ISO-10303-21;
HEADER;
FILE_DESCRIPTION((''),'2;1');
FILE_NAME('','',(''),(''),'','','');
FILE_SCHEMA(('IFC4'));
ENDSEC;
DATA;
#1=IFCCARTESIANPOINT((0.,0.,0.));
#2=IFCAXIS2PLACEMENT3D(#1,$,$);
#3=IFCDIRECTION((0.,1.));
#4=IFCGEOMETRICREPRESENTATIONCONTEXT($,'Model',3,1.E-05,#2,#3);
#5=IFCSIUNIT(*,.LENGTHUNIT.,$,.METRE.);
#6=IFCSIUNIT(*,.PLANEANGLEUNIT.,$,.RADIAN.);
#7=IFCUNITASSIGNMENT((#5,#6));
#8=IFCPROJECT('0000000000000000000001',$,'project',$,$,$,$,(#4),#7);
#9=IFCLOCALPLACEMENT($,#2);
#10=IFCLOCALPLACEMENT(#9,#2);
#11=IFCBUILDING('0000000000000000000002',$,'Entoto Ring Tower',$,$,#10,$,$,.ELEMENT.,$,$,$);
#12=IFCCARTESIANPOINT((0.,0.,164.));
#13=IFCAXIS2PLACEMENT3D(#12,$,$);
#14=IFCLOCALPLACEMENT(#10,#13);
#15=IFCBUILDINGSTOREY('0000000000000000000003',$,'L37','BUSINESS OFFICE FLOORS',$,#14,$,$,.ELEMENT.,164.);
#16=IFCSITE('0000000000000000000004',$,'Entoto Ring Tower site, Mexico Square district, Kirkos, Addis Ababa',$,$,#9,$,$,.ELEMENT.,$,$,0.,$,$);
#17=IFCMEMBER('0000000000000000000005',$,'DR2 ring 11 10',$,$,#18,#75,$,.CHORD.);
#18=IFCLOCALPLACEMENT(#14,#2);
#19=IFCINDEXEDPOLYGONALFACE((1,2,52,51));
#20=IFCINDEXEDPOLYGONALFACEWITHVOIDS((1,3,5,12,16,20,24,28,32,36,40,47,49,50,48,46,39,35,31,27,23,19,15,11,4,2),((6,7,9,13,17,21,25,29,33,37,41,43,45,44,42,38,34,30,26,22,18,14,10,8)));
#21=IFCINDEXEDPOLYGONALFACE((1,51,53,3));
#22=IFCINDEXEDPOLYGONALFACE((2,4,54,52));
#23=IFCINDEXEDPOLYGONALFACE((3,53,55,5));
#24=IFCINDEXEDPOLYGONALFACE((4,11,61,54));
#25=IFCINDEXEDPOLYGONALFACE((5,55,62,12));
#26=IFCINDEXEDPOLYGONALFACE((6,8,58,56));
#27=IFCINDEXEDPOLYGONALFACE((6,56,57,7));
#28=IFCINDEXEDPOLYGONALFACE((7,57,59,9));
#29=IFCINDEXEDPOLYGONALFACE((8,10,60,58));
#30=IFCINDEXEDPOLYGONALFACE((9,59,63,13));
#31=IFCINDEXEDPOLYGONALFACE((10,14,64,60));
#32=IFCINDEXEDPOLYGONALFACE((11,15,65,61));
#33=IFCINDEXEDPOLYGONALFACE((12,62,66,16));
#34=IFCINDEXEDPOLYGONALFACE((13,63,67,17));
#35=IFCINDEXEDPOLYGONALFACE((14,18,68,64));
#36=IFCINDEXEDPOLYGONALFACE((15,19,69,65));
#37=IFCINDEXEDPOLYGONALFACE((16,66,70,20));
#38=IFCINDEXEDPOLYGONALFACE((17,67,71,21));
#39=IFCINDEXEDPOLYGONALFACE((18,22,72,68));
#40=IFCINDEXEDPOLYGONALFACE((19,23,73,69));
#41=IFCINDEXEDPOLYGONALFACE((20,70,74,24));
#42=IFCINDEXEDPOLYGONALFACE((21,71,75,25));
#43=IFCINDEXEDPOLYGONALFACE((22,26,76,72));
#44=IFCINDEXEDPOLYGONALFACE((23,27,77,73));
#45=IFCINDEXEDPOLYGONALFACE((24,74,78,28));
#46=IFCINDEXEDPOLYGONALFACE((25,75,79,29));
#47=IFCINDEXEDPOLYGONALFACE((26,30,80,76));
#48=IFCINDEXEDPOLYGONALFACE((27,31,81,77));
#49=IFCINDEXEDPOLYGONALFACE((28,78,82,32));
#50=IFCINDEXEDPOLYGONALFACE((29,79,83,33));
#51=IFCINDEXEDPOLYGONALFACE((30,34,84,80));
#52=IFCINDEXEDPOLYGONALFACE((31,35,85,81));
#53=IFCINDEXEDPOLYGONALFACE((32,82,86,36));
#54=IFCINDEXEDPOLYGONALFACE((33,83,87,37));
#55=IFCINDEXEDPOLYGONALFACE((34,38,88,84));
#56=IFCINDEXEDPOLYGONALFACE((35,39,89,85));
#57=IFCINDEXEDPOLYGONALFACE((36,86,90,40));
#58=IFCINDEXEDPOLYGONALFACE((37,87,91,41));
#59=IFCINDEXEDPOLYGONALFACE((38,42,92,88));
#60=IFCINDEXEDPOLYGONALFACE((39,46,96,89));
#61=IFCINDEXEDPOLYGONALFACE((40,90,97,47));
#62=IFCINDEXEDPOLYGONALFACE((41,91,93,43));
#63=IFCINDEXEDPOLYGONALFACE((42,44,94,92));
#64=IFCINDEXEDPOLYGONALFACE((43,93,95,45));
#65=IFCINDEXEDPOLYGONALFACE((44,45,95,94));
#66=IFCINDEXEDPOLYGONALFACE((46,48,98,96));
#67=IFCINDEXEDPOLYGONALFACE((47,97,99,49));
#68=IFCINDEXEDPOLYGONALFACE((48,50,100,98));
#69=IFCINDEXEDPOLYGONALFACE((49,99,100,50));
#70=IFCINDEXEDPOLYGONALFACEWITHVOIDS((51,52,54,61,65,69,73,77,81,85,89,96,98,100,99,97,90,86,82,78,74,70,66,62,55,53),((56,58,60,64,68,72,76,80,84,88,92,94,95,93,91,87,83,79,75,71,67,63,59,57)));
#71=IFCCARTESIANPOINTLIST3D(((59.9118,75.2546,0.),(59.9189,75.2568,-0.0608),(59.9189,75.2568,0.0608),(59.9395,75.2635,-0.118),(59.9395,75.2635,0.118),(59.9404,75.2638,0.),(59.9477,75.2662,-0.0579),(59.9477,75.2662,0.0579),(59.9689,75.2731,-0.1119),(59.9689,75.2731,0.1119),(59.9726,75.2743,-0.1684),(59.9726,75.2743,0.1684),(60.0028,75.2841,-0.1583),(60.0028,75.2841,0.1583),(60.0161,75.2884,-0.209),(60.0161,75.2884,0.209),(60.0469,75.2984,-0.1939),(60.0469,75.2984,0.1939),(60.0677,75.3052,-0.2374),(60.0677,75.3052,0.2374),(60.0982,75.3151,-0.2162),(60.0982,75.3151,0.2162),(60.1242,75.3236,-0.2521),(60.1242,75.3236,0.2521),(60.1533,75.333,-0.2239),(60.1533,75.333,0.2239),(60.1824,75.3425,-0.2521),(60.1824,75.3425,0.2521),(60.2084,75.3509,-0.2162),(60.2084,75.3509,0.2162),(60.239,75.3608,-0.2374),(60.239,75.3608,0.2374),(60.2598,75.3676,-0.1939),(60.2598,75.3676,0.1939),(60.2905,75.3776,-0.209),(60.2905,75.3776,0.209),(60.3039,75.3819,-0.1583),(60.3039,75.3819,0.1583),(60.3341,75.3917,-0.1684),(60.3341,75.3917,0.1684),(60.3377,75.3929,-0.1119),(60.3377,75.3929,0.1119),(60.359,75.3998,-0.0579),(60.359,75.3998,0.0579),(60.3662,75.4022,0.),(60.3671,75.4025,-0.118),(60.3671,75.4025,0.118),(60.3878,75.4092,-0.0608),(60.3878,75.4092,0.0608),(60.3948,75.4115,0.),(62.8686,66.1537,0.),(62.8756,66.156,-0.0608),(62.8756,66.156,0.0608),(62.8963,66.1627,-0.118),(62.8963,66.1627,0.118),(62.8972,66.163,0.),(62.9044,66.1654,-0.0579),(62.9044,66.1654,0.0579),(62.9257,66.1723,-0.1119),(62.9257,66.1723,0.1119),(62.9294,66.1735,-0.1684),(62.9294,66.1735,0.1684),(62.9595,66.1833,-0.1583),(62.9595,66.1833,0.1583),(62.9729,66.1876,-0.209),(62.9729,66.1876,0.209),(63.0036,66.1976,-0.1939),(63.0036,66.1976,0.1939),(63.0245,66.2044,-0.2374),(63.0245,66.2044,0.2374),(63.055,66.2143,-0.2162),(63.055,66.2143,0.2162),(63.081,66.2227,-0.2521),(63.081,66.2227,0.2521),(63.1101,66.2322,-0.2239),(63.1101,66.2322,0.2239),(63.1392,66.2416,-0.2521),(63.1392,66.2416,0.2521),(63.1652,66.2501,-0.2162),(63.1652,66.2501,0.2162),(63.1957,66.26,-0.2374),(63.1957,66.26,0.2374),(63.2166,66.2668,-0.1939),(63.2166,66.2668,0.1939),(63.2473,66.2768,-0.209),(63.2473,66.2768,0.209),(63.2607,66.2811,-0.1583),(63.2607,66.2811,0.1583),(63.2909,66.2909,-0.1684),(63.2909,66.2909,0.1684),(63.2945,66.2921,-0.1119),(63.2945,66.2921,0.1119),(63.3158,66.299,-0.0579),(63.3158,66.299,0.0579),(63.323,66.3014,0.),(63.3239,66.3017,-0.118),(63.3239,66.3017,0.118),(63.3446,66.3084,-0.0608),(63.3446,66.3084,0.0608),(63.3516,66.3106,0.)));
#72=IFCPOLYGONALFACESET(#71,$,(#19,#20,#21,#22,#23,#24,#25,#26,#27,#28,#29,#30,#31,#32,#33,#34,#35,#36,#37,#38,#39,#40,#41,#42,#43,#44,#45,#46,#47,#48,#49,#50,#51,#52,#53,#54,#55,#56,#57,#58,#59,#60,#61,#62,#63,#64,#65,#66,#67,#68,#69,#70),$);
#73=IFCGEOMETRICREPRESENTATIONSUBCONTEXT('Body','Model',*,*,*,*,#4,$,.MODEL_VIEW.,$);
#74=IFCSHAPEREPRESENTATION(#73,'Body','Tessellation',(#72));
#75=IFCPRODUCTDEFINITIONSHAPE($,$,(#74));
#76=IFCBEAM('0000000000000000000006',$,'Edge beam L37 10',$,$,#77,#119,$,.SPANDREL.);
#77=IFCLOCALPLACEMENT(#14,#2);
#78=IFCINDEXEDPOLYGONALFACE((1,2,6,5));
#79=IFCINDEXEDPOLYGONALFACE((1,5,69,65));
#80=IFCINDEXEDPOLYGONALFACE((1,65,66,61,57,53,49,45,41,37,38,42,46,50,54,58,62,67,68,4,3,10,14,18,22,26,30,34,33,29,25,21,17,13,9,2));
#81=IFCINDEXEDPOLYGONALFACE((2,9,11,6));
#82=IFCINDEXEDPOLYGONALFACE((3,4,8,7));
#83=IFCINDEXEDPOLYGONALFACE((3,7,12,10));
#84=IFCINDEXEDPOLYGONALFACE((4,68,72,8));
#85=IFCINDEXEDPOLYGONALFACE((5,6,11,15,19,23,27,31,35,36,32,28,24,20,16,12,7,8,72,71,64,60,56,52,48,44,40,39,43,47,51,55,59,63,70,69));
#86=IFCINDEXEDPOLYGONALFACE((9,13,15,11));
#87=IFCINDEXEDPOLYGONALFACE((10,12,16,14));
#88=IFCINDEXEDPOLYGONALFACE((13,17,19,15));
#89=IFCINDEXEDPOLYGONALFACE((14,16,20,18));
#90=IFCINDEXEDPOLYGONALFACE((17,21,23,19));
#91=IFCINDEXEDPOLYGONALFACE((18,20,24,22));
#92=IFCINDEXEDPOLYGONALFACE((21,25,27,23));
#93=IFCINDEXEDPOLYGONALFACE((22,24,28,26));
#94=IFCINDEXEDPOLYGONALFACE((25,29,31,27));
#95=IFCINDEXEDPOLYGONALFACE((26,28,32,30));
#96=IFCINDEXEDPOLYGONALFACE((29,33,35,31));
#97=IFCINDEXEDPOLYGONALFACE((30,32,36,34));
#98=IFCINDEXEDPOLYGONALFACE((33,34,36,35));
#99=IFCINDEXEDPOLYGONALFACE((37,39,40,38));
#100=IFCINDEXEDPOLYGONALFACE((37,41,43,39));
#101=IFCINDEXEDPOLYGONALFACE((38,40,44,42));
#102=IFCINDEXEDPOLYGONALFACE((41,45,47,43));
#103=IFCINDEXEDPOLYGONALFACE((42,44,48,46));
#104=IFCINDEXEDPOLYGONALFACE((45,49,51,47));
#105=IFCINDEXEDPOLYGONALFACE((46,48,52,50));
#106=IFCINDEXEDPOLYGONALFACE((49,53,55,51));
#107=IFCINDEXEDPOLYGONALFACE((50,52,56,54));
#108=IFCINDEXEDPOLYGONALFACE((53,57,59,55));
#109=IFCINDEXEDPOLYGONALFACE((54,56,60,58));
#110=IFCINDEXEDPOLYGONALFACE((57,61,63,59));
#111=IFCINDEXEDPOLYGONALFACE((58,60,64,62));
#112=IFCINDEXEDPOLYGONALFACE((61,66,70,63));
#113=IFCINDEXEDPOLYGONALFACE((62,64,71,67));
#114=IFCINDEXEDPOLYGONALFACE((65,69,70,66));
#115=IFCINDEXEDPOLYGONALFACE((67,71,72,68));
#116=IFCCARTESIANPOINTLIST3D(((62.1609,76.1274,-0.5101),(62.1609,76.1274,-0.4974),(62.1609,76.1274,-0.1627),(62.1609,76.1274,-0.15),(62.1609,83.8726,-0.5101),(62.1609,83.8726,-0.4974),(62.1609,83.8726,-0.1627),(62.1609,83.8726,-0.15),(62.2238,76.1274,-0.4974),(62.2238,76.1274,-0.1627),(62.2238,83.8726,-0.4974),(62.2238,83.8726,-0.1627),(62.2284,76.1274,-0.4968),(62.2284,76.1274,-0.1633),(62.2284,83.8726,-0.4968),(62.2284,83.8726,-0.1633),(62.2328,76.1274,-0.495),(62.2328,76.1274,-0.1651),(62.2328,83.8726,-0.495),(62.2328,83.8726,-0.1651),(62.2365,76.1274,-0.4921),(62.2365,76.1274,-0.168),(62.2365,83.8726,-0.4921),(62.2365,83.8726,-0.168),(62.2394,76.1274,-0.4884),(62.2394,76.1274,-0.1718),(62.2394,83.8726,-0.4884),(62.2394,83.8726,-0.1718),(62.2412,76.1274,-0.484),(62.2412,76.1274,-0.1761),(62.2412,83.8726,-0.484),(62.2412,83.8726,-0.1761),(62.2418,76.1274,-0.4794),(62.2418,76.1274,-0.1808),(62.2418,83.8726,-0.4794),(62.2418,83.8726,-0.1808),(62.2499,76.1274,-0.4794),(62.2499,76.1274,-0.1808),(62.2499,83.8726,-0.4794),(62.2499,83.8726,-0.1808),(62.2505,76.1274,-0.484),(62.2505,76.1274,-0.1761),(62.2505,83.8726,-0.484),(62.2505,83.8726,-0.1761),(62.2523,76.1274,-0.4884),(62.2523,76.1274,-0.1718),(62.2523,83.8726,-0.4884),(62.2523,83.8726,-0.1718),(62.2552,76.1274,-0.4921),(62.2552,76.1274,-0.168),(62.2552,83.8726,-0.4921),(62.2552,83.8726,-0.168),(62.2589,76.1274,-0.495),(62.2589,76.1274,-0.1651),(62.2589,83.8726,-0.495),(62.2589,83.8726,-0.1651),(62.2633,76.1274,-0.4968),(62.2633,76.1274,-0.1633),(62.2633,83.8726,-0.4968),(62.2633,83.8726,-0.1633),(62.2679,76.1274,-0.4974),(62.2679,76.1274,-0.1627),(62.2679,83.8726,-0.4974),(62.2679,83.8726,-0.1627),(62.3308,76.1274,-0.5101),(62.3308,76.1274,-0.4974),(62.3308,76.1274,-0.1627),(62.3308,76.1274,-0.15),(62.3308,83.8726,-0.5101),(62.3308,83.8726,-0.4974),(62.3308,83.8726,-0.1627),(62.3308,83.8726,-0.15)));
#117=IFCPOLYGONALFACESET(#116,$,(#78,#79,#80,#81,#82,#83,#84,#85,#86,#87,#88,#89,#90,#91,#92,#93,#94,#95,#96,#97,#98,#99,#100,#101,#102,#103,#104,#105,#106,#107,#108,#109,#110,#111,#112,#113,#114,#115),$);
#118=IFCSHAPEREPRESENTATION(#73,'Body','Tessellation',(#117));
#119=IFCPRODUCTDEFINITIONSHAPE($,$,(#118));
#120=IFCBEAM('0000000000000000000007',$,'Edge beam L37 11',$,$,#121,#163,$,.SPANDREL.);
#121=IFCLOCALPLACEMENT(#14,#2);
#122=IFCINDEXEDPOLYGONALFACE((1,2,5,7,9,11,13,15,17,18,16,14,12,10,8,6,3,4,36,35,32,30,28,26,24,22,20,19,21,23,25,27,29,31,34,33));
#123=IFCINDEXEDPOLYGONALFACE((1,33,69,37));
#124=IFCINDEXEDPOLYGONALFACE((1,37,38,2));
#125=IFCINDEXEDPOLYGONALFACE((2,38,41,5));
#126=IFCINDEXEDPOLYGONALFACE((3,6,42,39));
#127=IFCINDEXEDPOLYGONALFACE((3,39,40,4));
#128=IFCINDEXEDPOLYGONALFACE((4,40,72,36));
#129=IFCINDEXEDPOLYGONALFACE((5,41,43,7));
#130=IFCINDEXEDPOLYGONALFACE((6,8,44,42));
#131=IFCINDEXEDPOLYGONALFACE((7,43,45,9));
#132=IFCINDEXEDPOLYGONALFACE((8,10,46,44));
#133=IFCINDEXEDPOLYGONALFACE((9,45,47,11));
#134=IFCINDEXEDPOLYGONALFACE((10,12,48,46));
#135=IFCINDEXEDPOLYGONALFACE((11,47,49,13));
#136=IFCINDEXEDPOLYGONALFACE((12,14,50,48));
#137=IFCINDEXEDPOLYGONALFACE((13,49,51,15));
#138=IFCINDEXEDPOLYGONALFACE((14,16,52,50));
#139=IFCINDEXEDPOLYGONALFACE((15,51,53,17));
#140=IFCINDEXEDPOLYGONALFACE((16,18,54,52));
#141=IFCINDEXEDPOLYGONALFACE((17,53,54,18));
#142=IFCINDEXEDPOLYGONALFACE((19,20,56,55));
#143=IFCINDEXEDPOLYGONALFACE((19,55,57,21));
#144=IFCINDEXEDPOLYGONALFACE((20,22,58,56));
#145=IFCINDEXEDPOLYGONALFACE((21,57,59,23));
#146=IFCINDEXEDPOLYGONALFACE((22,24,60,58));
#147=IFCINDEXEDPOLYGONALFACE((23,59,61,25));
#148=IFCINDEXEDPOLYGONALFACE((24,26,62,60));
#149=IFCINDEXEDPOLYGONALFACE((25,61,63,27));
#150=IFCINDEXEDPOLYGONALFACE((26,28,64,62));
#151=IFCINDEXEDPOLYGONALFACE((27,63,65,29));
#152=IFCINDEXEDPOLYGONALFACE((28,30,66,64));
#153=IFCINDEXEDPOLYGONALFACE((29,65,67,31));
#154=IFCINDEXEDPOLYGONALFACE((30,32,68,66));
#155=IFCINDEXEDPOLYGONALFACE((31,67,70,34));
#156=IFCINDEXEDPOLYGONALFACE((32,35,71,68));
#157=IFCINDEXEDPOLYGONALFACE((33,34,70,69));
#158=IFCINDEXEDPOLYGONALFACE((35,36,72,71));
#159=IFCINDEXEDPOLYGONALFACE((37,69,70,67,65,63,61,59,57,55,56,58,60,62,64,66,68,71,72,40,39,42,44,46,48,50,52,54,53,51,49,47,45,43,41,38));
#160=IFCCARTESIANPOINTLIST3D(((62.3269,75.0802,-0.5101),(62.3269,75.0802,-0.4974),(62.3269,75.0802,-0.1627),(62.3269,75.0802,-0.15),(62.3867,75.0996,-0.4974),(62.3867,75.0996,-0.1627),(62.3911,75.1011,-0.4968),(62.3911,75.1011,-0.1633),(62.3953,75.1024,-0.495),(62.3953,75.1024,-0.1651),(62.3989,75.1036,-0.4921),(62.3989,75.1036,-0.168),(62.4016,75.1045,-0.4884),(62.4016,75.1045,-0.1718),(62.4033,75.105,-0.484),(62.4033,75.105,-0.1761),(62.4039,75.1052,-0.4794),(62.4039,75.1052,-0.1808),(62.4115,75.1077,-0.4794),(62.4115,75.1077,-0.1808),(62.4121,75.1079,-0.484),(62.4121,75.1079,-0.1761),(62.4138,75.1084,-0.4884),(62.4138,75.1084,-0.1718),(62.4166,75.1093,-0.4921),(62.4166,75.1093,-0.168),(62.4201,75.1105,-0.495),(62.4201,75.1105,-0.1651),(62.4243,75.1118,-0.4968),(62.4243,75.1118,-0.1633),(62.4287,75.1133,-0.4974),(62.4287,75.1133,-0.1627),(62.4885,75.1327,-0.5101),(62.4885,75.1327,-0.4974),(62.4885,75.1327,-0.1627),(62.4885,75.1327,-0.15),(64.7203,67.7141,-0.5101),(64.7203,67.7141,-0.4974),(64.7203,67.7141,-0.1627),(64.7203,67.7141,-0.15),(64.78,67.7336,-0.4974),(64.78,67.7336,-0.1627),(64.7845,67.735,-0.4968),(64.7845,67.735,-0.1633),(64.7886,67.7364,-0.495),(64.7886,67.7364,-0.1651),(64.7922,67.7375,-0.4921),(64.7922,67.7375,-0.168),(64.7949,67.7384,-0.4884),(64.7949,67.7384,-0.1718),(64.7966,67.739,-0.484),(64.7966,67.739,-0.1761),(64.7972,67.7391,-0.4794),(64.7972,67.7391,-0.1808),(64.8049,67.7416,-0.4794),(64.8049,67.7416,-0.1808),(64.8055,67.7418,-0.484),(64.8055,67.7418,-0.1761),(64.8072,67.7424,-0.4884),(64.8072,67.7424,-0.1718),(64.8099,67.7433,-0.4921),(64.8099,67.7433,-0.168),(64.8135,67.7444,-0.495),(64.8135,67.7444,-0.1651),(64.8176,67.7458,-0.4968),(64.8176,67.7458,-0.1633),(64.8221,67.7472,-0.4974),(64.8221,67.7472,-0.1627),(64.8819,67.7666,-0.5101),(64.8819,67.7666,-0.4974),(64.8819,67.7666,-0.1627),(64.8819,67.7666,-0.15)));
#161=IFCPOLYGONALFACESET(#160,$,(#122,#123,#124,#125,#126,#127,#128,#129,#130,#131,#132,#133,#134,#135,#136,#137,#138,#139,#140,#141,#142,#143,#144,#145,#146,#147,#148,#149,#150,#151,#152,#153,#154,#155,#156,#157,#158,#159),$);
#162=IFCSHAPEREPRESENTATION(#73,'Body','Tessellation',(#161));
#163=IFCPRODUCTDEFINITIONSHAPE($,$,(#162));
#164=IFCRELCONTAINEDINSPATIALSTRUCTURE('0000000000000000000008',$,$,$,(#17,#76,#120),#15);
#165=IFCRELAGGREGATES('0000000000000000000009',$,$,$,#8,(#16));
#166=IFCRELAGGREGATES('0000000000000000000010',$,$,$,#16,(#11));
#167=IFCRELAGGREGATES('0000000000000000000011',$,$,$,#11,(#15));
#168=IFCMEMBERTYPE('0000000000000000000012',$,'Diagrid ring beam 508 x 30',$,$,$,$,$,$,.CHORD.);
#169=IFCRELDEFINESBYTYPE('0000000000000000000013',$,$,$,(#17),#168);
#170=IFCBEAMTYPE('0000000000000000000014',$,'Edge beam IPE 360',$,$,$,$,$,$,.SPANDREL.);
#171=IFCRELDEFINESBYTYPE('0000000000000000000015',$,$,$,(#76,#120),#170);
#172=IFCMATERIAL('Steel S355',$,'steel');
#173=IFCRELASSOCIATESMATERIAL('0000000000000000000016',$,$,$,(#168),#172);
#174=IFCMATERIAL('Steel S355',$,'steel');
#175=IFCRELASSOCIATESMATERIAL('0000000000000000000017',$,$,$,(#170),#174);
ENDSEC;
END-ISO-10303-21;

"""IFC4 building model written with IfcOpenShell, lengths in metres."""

from ifc_helpers import new_model, si_unit, direction, frame, origin, origin_2d, place, context, subcontext, project, spatial, circle, hollow_circle, i_section, extrude, material, material_profile, profile_set, type_object, element, save


model = new_model("IFC4")

# Units and contexts
model_context = context("Model", 3, precision=1e-05, world=origin(), true_north=direction((0.0, 1.0)))
body_context = subcontext(model_context, "Body", "Model", "MODEL_VIEW")
ifc_project = project(units=[si_unit("LENGTHUNIT", "METRE"), si_unit("PLANEANGLEUNIT", "RADIAN")], contexts=[model_context])

# Site, building, storey
site_placement = place(None, origin())
site = spatial("IfcSite", under=ifc_project, at=site_placement, Name="Entoto Ring Tower site, Mexico Square district, Kirkos, Addis Ababa", CompositionType="ELEMENT", RefElevation=0.0)
building_placement = place(site_placement, origin())
building = spatial("IfcBuilding", under=site, at=building_placement, Name="Entoto Ring Tower", CompositionType="ELEMENT")
storey_placement = place(building_placement, frame((0.0, 0.0, 164.0)))
storey = spatial("IfcBuildingStorey", under=building, at=storey_placement, Name="L37", Description="BUSINESS OFFICE FLOORS", CompositionType="ELEMENT", Elevation=164.0)

# Member
ifc_material_1 = material(Name="Steel S355", Category="steel")
ifc_material_profile_1 = material_profile(ifc_material_1, hollow_circle(Radius=0.2539, WallThickness=0.03, at=origin_2d()), Name="CHS 508 x 30")
ifc_material_2 = material(Name="Concrete C60/75", Category="concrete")
ifc_material_profile_2 = material_profile(ifc_material_2, circle(Radius=0.2241, at=origin_2d()), Name="Concrete C60/75 infill")
ifc_profile_set_1 = profile_set([ifc_material_profile_1, ifc_material_profile_2], Name="Steel S355")
member_type_1 = type_object("IfcMemberType", Name="Diagrid ring beam 508 x 30", PredefinedType="CHORD", material=ifc_profile_set_1)
member_1_placement = place(storey_placement, frame((60.1533, 75.333, 0.0), z_axis=(0.308993, -0.951064, 0.0), x_axis=(0.951064, 0.308993, 0.0)))
element("IfcMember", 1, at=member_1_placement, inside=storey, type_object=member_type_1, Name="DR2 ring 11 10", PredefinedType="CHORD", context=body_context, shape_type="SweptSolid", body=[
    extrude(hollow_circle(Radius=0.2539, WallThickness=0.03, at=origin_2d()), origin(), (0.0, 0.0, 1.0), 9.5691),
])

# Beams
ifc_material_3 = material(Name="Steel S355", Category="steel")
ifc_material_profile_3 = material_profile(ifc_material_3, i_section(OverallWidth=0.1699, OverallDepth=0.3601, WebThickness=0.0081, FlangeThickness=0.0127, FilletRadius=0.0181, at=origin_2d()), Name="IPE 360")
ifc_profile_set_2 = profile_set([ifc_material_profile_3], Name="Steel S355")
beam_type_1 = type_object("IfcBeamType", Name="Edge beam IPE 360", PredefinedType="SPANDREL", material=ifc_profile_set_2)
for number, where, z_axis, x_axis, name in (
    (2, (62.2458, 83.8726, -0.3301), (0.0, -1.0, 0.0), (1.0, 0.0, 0.0), "Edge beam L37 10"),
    (3, (62.4077, 75.1064, -0.3301), (0.309013, -0.951058, 0.0), (0.951058, 0.309013, 0.0), "Edge beam L37 11"),
):
    element("IfcBeam", number, at=place(storey_placement, frame(where, z_axis=z_axis, x_axis=x_axis)), inside=storey, type_object=beam_type_1, Name=name, PredefinedType="SPANDREL", context=body_context, shape_type="SweptSolid", body=[
        extrude(i_section(OverallWidth=0.1699, OverallDepth=0.3601, WebThickness=0.0081, FlangeThickness=0.0127, FilletRadius=0.0181, at=origin_2d()), origin(), (0.0, 0.0, 1.0), 7.7451),
    ])

save(model, "model.ifc")
